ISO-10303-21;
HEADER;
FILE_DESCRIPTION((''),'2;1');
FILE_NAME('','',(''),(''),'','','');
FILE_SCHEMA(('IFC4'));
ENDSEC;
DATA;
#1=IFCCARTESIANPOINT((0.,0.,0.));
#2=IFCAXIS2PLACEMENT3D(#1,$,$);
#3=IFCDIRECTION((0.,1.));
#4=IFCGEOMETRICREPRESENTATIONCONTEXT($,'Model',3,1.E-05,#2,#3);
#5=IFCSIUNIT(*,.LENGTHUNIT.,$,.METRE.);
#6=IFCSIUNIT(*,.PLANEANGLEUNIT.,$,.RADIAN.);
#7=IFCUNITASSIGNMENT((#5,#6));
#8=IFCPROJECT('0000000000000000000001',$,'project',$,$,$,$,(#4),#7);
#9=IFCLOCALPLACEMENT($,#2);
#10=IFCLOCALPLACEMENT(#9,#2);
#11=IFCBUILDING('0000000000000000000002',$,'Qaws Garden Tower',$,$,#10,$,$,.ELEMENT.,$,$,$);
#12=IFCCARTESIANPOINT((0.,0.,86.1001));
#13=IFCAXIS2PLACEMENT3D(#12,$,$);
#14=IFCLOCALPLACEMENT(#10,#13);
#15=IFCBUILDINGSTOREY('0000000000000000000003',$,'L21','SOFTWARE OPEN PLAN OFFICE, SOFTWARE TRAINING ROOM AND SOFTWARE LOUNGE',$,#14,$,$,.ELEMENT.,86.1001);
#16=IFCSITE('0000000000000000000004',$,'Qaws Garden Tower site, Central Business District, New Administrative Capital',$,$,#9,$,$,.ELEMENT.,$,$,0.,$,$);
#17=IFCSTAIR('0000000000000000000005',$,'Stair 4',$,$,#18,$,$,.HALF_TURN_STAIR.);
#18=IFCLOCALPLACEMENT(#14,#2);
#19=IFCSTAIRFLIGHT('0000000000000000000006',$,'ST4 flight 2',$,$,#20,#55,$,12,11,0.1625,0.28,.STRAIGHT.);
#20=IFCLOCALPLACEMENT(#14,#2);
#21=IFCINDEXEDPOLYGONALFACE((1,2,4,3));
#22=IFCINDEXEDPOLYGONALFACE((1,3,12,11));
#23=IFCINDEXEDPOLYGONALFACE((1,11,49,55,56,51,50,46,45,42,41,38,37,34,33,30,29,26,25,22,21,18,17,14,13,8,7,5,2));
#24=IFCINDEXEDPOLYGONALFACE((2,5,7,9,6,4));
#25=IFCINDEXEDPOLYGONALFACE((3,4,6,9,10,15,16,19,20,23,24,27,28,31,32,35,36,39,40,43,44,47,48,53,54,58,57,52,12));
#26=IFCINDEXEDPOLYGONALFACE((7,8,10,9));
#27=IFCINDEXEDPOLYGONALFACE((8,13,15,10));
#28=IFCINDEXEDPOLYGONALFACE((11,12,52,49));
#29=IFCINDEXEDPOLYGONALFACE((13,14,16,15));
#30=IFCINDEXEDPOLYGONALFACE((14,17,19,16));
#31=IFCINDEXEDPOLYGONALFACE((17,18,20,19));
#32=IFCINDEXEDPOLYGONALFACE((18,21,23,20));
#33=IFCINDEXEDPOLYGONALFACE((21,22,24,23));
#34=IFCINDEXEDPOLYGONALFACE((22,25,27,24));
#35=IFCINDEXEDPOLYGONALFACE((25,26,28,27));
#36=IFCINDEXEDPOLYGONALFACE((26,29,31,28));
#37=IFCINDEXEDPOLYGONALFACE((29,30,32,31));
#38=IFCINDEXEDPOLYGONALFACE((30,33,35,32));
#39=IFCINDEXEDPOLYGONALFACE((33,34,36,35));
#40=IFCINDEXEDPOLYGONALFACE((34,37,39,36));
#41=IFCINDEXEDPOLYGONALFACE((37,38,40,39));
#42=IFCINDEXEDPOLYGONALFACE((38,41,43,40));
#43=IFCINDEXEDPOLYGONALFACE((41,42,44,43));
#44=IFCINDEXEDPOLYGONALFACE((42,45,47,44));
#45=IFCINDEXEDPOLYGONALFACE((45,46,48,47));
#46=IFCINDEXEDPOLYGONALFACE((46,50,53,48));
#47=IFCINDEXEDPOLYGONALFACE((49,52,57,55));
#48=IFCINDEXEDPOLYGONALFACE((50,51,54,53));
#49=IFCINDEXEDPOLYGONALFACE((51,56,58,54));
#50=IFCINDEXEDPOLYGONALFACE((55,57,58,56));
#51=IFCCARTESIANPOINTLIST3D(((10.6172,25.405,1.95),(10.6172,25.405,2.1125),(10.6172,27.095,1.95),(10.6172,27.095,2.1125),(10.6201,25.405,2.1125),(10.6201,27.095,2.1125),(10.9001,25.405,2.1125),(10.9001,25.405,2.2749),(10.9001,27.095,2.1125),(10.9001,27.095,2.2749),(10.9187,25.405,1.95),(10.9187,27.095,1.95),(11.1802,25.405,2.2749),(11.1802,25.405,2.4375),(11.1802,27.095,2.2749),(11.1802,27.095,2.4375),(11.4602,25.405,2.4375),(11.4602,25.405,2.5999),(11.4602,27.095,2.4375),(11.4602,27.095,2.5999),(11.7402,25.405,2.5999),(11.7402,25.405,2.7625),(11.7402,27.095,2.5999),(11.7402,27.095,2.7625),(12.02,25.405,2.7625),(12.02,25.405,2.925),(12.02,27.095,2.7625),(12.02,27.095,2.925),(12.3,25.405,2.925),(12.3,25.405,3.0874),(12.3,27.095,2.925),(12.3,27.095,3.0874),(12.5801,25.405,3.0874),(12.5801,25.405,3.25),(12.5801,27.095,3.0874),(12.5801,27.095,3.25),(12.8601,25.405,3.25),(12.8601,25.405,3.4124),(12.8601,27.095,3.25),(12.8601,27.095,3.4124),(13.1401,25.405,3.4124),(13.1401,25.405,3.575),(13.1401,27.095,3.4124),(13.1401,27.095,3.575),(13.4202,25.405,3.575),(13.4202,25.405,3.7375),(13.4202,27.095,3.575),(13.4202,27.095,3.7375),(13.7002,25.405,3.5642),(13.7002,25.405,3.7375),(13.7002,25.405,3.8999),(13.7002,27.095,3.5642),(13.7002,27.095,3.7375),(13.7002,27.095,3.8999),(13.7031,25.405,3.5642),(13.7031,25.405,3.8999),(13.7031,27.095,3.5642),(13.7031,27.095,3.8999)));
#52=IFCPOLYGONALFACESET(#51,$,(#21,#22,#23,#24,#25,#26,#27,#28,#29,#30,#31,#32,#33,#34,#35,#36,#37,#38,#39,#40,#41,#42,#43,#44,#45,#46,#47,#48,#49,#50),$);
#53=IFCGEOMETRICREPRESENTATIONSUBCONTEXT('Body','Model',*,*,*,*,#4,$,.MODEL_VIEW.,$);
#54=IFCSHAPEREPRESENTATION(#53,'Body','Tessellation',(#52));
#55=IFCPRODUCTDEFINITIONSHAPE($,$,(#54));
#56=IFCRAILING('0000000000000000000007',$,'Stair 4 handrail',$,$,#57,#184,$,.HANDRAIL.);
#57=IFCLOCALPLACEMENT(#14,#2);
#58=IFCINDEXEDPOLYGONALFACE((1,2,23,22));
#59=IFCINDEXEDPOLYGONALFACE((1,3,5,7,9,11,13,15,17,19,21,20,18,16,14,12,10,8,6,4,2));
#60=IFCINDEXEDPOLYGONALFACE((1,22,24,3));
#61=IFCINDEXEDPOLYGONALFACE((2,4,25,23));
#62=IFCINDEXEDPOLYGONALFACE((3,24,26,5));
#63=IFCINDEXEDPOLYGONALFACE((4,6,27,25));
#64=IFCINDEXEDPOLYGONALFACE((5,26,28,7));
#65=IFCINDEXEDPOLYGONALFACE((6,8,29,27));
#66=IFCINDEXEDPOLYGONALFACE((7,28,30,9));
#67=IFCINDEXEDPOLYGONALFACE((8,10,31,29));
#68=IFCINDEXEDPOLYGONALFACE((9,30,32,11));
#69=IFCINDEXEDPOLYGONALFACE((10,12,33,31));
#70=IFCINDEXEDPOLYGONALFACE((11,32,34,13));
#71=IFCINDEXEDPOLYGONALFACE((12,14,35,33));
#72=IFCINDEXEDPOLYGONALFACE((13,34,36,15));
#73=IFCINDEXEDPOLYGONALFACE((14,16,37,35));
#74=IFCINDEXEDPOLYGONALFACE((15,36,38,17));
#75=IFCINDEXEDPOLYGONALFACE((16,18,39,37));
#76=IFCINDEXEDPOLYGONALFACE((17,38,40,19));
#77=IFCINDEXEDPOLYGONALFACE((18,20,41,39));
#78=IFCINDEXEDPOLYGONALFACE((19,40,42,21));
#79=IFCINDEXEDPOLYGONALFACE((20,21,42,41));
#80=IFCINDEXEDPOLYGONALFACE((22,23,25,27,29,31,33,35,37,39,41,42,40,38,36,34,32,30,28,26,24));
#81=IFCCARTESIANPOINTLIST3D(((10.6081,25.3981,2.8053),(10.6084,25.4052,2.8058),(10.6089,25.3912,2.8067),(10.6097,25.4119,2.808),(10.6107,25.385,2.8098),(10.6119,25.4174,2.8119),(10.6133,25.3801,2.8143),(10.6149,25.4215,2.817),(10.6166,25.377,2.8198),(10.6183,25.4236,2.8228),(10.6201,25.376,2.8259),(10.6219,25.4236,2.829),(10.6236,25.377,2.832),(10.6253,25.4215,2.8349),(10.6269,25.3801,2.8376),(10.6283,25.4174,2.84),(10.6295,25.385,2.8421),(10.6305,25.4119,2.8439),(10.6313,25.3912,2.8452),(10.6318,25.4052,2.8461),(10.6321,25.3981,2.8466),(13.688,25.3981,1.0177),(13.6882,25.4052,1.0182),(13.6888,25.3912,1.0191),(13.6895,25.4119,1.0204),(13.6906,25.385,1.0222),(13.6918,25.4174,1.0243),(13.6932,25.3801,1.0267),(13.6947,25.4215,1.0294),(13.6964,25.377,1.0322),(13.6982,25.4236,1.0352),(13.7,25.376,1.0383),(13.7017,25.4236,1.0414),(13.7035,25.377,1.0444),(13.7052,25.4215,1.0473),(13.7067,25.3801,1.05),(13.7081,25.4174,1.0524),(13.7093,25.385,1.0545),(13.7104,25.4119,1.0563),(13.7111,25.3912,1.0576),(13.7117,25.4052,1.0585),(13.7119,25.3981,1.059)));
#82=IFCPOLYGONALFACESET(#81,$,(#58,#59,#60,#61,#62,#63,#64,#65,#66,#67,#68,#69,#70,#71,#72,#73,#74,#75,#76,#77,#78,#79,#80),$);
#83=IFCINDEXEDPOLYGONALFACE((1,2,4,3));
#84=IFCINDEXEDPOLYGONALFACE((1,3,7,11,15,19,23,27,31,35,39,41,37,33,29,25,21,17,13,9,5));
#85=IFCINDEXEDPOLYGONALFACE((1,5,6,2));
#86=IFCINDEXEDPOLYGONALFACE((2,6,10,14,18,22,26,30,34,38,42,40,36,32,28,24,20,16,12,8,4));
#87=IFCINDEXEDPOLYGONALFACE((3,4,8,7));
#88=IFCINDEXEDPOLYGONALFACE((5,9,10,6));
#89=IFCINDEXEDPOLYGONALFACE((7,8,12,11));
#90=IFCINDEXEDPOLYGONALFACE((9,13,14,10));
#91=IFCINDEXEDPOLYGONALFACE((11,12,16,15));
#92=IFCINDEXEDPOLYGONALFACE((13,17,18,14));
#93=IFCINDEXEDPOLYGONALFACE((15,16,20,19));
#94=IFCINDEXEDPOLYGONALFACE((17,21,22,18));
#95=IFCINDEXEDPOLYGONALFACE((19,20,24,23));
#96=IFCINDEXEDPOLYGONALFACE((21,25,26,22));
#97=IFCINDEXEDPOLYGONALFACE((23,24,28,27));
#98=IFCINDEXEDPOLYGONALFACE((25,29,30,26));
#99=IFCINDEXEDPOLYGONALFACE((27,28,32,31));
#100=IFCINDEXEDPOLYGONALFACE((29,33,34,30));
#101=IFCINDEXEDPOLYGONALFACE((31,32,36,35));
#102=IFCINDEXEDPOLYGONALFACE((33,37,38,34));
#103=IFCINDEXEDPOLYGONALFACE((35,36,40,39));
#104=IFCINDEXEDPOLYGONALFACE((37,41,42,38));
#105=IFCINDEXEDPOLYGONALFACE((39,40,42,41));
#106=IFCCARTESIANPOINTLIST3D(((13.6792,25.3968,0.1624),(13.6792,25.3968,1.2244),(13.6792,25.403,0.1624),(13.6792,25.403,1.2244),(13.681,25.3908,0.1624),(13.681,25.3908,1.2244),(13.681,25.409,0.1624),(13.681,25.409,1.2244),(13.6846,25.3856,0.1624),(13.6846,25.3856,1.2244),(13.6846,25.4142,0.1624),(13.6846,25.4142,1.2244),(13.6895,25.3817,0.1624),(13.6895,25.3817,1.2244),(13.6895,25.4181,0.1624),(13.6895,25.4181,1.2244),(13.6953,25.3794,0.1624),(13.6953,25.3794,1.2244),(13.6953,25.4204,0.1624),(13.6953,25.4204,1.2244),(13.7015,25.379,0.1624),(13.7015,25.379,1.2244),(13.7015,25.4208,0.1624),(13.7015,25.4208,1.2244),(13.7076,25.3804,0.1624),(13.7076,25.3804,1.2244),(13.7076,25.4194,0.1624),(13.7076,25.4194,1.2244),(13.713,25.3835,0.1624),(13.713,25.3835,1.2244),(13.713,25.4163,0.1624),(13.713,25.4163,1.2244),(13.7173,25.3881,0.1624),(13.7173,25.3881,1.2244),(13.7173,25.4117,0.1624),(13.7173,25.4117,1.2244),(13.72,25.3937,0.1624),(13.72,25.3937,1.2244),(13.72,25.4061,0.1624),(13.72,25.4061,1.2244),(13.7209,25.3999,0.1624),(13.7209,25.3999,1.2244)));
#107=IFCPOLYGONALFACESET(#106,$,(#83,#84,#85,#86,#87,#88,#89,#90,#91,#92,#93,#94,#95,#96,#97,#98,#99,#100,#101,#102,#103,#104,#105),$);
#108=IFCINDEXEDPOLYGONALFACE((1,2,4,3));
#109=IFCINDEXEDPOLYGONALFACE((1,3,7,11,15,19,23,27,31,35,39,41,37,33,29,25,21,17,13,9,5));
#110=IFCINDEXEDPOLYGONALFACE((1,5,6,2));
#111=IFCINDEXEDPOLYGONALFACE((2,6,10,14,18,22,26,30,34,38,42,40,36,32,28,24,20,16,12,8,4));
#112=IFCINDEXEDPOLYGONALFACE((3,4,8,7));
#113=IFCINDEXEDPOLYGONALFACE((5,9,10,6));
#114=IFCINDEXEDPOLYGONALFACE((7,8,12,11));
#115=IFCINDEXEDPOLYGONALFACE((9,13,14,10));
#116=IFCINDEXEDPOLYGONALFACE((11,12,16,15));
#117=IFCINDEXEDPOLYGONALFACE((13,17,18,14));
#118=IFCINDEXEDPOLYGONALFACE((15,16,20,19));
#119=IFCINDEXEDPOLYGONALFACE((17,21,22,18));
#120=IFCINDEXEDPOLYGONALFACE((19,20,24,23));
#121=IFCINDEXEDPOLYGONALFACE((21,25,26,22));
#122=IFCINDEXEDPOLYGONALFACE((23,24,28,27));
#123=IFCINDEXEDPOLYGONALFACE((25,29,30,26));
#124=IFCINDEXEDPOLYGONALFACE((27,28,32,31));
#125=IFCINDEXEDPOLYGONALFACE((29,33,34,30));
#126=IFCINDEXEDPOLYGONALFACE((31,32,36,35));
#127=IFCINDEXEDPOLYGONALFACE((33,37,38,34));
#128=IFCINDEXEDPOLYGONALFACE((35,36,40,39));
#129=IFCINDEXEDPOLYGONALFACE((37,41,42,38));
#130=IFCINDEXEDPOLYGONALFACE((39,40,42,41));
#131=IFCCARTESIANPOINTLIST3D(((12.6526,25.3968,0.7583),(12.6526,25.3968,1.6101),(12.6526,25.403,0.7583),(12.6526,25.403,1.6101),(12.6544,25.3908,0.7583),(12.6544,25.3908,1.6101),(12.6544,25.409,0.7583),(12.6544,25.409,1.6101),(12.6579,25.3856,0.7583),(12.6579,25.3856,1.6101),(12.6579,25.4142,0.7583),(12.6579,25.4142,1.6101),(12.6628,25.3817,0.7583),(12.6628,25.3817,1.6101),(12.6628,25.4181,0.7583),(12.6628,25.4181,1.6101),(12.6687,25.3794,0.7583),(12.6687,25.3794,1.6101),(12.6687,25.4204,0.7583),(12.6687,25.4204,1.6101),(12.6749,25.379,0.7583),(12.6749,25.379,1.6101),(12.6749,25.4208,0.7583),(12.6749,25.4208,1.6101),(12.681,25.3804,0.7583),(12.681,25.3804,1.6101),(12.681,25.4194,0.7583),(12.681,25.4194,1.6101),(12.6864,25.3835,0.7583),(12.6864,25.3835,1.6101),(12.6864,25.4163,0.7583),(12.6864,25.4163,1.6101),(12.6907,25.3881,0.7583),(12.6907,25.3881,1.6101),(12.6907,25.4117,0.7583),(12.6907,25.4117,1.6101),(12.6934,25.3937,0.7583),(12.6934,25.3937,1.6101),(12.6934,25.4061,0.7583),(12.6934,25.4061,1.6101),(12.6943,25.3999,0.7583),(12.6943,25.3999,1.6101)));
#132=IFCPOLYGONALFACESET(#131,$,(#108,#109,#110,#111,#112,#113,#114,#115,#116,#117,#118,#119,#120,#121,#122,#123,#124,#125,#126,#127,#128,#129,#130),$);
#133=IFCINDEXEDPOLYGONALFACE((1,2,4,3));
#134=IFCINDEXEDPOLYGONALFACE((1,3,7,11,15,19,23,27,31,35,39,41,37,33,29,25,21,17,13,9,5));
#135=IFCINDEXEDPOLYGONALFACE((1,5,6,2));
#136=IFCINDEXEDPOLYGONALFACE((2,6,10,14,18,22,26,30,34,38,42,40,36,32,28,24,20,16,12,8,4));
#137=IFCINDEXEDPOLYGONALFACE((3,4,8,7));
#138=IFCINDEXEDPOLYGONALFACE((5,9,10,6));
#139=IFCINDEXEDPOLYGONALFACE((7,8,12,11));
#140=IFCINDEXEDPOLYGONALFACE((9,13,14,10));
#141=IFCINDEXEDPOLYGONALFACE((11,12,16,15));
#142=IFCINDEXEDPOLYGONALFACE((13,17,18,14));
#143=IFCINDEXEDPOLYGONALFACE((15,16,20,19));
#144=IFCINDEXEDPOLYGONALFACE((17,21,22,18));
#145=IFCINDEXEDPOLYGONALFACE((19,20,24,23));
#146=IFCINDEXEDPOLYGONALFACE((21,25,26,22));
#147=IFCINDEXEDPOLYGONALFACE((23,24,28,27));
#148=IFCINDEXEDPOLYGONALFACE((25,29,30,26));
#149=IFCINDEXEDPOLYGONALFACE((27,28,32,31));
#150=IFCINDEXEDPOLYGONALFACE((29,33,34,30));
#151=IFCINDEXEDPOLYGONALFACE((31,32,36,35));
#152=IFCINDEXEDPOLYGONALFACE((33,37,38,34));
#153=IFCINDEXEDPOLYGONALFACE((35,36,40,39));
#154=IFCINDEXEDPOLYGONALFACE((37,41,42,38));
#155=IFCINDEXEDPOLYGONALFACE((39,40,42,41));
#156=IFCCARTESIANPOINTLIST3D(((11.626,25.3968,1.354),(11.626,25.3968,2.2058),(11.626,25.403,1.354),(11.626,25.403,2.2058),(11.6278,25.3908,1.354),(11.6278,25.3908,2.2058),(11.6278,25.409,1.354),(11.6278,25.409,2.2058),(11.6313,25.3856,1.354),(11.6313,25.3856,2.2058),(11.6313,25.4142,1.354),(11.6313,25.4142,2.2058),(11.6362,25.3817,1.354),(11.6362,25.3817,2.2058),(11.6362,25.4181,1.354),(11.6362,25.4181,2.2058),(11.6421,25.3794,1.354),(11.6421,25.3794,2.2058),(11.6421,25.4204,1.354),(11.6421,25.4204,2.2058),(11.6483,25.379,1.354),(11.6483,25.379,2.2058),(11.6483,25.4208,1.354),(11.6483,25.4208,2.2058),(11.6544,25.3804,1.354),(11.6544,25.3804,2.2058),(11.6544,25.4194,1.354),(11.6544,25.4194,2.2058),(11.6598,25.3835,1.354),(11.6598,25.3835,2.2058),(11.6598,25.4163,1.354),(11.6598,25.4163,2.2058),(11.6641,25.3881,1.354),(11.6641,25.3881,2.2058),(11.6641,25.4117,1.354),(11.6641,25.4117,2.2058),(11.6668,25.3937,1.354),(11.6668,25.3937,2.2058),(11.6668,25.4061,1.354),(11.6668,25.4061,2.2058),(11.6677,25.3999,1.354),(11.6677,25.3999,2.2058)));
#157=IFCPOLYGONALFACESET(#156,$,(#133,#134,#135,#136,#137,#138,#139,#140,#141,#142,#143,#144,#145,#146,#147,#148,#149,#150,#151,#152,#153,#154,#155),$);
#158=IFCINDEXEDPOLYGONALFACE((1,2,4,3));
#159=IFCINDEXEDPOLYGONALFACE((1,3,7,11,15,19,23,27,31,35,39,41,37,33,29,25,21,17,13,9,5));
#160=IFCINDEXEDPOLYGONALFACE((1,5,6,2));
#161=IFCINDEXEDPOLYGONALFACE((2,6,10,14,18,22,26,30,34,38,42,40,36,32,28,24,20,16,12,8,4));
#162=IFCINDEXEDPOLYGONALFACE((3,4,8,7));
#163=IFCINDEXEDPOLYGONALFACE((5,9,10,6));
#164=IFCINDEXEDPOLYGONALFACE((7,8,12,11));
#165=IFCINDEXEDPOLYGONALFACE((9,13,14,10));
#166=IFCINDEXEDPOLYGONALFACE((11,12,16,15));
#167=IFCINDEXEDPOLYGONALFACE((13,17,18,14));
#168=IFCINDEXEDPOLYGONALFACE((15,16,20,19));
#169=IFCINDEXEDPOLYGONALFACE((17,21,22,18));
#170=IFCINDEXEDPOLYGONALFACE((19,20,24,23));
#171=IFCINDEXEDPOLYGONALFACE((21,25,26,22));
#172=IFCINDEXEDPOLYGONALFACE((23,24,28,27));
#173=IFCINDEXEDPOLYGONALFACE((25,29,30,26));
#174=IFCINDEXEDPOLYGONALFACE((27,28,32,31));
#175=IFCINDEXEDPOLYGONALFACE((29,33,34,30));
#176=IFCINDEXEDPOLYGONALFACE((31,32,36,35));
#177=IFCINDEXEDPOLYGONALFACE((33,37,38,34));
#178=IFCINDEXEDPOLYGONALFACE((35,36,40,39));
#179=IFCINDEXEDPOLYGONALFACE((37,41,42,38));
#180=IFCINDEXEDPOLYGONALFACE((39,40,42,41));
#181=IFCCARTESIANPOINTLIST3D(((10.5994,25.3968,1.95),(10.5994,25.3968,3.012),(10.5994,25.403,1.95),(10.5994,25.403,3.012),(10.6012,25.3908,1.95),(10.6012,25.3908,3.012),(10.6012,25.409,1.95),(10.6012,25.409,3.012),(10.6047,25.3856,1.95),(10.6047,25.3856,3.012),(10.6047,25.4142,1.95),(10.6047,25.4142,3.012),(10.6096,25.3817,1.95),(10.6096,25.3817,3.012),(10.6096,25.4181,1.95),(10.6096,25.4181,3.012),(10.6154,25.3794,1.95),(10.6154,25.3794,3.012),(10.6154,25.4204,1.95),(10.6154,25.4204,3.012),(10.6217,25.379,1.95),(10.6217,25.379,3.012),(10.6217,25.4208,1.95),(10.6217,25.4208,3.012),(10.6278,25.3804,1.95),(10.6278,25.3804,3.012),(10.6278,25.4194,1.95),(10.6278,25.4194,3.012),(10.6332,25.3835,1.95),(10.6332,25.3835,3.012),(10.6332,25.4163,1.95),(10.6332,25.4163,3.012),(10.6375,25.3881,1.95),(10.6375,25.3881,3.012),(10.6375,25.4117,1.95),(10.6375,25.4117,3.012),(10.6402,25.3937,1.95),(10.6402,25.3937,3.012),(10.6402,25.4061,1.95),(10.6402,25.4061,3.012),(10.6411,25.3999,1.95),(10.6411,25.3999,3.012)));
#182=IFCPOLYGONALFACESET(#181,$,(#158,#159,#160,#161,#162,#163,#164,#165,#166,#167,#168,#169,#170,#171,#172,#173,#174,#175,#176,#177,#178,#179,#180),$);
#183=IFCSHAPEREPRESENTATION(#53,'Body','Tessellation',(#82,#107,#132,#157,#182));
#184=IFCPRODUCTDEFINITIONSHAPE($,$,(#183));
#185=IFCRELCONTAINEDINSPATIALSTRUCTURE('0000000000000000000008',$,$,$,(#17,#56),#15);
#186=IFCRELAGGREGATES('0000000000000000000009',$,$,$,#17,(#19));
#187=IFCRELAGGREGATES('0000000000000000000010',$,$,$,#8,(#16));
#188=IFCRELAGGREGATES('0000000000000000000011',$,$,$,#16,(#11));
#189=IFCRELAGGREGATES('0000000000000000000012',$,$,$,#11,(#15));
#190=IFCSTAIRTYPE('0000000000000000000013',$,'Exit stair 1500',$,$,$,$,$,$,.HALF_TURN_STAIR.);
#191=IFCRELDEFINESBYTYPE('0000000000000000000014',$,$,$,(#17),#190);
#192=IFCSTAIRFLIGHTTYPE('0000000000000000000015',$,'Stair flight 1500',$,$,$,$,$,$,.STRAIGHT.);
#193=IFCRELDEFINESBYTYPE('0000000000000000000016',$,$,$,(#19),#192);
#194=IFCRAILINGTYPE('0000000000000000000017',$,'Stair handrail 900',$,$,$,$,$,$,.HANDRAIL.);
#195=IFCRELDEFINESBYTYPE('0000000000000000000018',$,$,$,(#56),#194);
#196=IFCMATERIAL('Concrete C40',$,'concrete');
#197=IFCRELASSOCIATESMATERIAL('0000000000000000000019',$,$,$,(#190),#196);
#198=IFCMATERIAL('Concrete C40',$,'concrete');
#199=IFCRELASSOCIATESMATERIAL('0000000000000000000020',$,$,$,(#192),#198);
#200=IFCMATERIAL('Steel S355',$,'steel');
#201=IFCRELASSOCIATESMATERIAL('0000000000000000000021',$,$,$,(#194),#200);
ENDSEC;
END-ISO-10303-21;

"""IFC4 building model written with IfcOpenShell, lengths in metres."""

from ifc_helpers import new_model, si_unit, direction, frame, origin, origin_2d, place, context, subcontext, project, spatial, polyline, circle, outline, extrude, material, type_object, element, aggregate, save


model = new_model("IFC4")

# Units and contexts
model_context = context("Model", 3, precision=1e-05, world=origin(), true_north=direction((0.0, 1.0)))
body_context = subcontext(model_context, "Body", "Model", "MODEL_VIEW")
ifc_project = project(units=[si_unit("LENGTHUNIT", "METRE"), si_unit("PLANEANGLEUNIT", "RADIAN")], contexts=[model_context])

# Site, building, storey
site_placement = place(None, origin())
site = spatial("IfcSite", under=ifc_project, at=site_placement, Name="Qaws Garden Tower site, Central Business District, New Administrative Capital", CompositionType="ELEMENT", RefElevation=0.0)
building_placement = place(site_placement, origin())
building = spatial("IfcBuilding", under=site, at=building_placement, Name="Qaws Garden Tower", CompositionType="ELEMENT")
storey_placement = place(building_placement, frame((0.0, 0.0, 86.1001)))
storey = spatial("IfcBuildingStorey", under=building, at=storey_placement, Name="L21", Description="SOFTWARE OPEN PLAN OFFICE, SOFTWARE TRAINING ROOM AND SOFTWARE LOUNGE", CompositionType="ELEMENT", Elevation=86.1001)

# Stair, stair flight
ifc_material_1 = material(Name="Concrete C40", Category="concrete")
stair_type = type_object("IfcStairType", Name="Exit stair 1500", PredefinedType="HALF_TURN_STAIR", material=ifc_material_1)
stair_placement = place(storey_placement, origin())
stair = element("IfcStair", 1, at=stair_placement, inside=storey, type_object=stair_type, Name="Stair 4", PredefinedType="HALF_TURN_STAIR")
ifc_material_2 = material(Name="Concrete C40", Category="concrete")
stair_flight_type = type_object("IfcStairFlightType", Name="Stair flight 1500", PredefinedType="STRAIGHT", material=ifc_material_2)
stair_flight_1_placement = place(storey_placement, frame((10.6201, 26.25, 1.95), z_axis=(0.0, 0.0, 1.0), x_axis=(1.0, 0.0, 0.0)))
stair_flight_1 = element("IfcStairFlight", 2, at=stair_flight_1_placement, type_object=stair_flight_type, Name="ST4 flight 2", NumberOfRisers=12, NumberOfTreads=11, PredefinedType="STRAIGHT", RiserHeight=0.1625, TreadLength=0.28, context=body_context, shape_type="SweptSolid", body=[
    extrude(outline(polyline([(-0.0029, 0.0), (-0.0029, 0.1626), (0.0, 0.1626), (0.28, 0.1626), (0.28, 0.325), (0.5601, 0.325), (0.5601, 0.4875), (0.8401, 0.4875), (0.8401, 0.6499), (1.1201, 0.6499), (1.1201, 0.8125), (1.3999, 0.8125), (1.3999, 0.9751), (1.6799, 0.9751), (1.6799, 1.1375), (1.96, 1.1375), (1.96, 1.3), (2.24, 1.3), (2.24, 1.4624), (2.52, 1.4624), (2.52, 1.625), (2.8, 1.625), (2.8, 1.7876), (3.0801, 1.7876), (3.0801, 1.95), (3.083, 1.95), (3.083, 1.6143), (3.0801, 1.6143), (0.2986, 0.0), (-0.0029, 0.0)])), frame((0.0, 0.845, 0.0), z_axis=(0.0, -1.0, 0.0), x_axis=(1.0, 0.0, 0.0)), (0.0, 0.0, 1.0), 1.6899),
])
aggregate(stair, [stair_flight_1])

# Railing
ifc_material_3 = material(Name="Steel S355", Category="steel")
railing_type = type_object("IfcRailingType", Name="Stair handrail 900", PredefinedType="HANDRAIL", material=ifc_material_3)
railing_1_placement = place(storey_placement, frame((13.7, 25.3999, 0.1624)))
element("IfcRailing", 3, at=railing_1_placement, inside=storey, type_object=railing_type, Name="Stair 4 handrail", PredefinedType="HANDRAIL", context=body_context, shape_type="SweptSolid", body=[
    extrude(circle(Radius=0.0239, at=origin_2d()), frame((0.0, 0.0, 0.876), z_axis=(-0.864873, 0.0, 0.50199), x_axis=(0.0, -1.0, 0.0)), (0.0, 0.0, 1.0), 3.561),
    extrude(circle(Radius=0.021, at=origin_2d()), origin(), (0.0, 0.0, 1.0), 1.062),
    extrude(circle(Radius=0.021, at=origin_2d()), frame((-1.0266, 0.0, 0.5959)), (0.0, 0.0, 1.0), 0.8518),
    extrude(circle(Radius=0.021, at=origin_2d()), frame((-2.0532, 0.0, 1.1917)), (0.0, 0.0, 1.0), 0.8518),
    extrude(circle(Radius=0.021, at=origin_2d()), frame((-3.0798, 0.0, 1.7876)), (0.0, 0.0, 1.0), 1.062),
])

save(model, "model.ifc")
